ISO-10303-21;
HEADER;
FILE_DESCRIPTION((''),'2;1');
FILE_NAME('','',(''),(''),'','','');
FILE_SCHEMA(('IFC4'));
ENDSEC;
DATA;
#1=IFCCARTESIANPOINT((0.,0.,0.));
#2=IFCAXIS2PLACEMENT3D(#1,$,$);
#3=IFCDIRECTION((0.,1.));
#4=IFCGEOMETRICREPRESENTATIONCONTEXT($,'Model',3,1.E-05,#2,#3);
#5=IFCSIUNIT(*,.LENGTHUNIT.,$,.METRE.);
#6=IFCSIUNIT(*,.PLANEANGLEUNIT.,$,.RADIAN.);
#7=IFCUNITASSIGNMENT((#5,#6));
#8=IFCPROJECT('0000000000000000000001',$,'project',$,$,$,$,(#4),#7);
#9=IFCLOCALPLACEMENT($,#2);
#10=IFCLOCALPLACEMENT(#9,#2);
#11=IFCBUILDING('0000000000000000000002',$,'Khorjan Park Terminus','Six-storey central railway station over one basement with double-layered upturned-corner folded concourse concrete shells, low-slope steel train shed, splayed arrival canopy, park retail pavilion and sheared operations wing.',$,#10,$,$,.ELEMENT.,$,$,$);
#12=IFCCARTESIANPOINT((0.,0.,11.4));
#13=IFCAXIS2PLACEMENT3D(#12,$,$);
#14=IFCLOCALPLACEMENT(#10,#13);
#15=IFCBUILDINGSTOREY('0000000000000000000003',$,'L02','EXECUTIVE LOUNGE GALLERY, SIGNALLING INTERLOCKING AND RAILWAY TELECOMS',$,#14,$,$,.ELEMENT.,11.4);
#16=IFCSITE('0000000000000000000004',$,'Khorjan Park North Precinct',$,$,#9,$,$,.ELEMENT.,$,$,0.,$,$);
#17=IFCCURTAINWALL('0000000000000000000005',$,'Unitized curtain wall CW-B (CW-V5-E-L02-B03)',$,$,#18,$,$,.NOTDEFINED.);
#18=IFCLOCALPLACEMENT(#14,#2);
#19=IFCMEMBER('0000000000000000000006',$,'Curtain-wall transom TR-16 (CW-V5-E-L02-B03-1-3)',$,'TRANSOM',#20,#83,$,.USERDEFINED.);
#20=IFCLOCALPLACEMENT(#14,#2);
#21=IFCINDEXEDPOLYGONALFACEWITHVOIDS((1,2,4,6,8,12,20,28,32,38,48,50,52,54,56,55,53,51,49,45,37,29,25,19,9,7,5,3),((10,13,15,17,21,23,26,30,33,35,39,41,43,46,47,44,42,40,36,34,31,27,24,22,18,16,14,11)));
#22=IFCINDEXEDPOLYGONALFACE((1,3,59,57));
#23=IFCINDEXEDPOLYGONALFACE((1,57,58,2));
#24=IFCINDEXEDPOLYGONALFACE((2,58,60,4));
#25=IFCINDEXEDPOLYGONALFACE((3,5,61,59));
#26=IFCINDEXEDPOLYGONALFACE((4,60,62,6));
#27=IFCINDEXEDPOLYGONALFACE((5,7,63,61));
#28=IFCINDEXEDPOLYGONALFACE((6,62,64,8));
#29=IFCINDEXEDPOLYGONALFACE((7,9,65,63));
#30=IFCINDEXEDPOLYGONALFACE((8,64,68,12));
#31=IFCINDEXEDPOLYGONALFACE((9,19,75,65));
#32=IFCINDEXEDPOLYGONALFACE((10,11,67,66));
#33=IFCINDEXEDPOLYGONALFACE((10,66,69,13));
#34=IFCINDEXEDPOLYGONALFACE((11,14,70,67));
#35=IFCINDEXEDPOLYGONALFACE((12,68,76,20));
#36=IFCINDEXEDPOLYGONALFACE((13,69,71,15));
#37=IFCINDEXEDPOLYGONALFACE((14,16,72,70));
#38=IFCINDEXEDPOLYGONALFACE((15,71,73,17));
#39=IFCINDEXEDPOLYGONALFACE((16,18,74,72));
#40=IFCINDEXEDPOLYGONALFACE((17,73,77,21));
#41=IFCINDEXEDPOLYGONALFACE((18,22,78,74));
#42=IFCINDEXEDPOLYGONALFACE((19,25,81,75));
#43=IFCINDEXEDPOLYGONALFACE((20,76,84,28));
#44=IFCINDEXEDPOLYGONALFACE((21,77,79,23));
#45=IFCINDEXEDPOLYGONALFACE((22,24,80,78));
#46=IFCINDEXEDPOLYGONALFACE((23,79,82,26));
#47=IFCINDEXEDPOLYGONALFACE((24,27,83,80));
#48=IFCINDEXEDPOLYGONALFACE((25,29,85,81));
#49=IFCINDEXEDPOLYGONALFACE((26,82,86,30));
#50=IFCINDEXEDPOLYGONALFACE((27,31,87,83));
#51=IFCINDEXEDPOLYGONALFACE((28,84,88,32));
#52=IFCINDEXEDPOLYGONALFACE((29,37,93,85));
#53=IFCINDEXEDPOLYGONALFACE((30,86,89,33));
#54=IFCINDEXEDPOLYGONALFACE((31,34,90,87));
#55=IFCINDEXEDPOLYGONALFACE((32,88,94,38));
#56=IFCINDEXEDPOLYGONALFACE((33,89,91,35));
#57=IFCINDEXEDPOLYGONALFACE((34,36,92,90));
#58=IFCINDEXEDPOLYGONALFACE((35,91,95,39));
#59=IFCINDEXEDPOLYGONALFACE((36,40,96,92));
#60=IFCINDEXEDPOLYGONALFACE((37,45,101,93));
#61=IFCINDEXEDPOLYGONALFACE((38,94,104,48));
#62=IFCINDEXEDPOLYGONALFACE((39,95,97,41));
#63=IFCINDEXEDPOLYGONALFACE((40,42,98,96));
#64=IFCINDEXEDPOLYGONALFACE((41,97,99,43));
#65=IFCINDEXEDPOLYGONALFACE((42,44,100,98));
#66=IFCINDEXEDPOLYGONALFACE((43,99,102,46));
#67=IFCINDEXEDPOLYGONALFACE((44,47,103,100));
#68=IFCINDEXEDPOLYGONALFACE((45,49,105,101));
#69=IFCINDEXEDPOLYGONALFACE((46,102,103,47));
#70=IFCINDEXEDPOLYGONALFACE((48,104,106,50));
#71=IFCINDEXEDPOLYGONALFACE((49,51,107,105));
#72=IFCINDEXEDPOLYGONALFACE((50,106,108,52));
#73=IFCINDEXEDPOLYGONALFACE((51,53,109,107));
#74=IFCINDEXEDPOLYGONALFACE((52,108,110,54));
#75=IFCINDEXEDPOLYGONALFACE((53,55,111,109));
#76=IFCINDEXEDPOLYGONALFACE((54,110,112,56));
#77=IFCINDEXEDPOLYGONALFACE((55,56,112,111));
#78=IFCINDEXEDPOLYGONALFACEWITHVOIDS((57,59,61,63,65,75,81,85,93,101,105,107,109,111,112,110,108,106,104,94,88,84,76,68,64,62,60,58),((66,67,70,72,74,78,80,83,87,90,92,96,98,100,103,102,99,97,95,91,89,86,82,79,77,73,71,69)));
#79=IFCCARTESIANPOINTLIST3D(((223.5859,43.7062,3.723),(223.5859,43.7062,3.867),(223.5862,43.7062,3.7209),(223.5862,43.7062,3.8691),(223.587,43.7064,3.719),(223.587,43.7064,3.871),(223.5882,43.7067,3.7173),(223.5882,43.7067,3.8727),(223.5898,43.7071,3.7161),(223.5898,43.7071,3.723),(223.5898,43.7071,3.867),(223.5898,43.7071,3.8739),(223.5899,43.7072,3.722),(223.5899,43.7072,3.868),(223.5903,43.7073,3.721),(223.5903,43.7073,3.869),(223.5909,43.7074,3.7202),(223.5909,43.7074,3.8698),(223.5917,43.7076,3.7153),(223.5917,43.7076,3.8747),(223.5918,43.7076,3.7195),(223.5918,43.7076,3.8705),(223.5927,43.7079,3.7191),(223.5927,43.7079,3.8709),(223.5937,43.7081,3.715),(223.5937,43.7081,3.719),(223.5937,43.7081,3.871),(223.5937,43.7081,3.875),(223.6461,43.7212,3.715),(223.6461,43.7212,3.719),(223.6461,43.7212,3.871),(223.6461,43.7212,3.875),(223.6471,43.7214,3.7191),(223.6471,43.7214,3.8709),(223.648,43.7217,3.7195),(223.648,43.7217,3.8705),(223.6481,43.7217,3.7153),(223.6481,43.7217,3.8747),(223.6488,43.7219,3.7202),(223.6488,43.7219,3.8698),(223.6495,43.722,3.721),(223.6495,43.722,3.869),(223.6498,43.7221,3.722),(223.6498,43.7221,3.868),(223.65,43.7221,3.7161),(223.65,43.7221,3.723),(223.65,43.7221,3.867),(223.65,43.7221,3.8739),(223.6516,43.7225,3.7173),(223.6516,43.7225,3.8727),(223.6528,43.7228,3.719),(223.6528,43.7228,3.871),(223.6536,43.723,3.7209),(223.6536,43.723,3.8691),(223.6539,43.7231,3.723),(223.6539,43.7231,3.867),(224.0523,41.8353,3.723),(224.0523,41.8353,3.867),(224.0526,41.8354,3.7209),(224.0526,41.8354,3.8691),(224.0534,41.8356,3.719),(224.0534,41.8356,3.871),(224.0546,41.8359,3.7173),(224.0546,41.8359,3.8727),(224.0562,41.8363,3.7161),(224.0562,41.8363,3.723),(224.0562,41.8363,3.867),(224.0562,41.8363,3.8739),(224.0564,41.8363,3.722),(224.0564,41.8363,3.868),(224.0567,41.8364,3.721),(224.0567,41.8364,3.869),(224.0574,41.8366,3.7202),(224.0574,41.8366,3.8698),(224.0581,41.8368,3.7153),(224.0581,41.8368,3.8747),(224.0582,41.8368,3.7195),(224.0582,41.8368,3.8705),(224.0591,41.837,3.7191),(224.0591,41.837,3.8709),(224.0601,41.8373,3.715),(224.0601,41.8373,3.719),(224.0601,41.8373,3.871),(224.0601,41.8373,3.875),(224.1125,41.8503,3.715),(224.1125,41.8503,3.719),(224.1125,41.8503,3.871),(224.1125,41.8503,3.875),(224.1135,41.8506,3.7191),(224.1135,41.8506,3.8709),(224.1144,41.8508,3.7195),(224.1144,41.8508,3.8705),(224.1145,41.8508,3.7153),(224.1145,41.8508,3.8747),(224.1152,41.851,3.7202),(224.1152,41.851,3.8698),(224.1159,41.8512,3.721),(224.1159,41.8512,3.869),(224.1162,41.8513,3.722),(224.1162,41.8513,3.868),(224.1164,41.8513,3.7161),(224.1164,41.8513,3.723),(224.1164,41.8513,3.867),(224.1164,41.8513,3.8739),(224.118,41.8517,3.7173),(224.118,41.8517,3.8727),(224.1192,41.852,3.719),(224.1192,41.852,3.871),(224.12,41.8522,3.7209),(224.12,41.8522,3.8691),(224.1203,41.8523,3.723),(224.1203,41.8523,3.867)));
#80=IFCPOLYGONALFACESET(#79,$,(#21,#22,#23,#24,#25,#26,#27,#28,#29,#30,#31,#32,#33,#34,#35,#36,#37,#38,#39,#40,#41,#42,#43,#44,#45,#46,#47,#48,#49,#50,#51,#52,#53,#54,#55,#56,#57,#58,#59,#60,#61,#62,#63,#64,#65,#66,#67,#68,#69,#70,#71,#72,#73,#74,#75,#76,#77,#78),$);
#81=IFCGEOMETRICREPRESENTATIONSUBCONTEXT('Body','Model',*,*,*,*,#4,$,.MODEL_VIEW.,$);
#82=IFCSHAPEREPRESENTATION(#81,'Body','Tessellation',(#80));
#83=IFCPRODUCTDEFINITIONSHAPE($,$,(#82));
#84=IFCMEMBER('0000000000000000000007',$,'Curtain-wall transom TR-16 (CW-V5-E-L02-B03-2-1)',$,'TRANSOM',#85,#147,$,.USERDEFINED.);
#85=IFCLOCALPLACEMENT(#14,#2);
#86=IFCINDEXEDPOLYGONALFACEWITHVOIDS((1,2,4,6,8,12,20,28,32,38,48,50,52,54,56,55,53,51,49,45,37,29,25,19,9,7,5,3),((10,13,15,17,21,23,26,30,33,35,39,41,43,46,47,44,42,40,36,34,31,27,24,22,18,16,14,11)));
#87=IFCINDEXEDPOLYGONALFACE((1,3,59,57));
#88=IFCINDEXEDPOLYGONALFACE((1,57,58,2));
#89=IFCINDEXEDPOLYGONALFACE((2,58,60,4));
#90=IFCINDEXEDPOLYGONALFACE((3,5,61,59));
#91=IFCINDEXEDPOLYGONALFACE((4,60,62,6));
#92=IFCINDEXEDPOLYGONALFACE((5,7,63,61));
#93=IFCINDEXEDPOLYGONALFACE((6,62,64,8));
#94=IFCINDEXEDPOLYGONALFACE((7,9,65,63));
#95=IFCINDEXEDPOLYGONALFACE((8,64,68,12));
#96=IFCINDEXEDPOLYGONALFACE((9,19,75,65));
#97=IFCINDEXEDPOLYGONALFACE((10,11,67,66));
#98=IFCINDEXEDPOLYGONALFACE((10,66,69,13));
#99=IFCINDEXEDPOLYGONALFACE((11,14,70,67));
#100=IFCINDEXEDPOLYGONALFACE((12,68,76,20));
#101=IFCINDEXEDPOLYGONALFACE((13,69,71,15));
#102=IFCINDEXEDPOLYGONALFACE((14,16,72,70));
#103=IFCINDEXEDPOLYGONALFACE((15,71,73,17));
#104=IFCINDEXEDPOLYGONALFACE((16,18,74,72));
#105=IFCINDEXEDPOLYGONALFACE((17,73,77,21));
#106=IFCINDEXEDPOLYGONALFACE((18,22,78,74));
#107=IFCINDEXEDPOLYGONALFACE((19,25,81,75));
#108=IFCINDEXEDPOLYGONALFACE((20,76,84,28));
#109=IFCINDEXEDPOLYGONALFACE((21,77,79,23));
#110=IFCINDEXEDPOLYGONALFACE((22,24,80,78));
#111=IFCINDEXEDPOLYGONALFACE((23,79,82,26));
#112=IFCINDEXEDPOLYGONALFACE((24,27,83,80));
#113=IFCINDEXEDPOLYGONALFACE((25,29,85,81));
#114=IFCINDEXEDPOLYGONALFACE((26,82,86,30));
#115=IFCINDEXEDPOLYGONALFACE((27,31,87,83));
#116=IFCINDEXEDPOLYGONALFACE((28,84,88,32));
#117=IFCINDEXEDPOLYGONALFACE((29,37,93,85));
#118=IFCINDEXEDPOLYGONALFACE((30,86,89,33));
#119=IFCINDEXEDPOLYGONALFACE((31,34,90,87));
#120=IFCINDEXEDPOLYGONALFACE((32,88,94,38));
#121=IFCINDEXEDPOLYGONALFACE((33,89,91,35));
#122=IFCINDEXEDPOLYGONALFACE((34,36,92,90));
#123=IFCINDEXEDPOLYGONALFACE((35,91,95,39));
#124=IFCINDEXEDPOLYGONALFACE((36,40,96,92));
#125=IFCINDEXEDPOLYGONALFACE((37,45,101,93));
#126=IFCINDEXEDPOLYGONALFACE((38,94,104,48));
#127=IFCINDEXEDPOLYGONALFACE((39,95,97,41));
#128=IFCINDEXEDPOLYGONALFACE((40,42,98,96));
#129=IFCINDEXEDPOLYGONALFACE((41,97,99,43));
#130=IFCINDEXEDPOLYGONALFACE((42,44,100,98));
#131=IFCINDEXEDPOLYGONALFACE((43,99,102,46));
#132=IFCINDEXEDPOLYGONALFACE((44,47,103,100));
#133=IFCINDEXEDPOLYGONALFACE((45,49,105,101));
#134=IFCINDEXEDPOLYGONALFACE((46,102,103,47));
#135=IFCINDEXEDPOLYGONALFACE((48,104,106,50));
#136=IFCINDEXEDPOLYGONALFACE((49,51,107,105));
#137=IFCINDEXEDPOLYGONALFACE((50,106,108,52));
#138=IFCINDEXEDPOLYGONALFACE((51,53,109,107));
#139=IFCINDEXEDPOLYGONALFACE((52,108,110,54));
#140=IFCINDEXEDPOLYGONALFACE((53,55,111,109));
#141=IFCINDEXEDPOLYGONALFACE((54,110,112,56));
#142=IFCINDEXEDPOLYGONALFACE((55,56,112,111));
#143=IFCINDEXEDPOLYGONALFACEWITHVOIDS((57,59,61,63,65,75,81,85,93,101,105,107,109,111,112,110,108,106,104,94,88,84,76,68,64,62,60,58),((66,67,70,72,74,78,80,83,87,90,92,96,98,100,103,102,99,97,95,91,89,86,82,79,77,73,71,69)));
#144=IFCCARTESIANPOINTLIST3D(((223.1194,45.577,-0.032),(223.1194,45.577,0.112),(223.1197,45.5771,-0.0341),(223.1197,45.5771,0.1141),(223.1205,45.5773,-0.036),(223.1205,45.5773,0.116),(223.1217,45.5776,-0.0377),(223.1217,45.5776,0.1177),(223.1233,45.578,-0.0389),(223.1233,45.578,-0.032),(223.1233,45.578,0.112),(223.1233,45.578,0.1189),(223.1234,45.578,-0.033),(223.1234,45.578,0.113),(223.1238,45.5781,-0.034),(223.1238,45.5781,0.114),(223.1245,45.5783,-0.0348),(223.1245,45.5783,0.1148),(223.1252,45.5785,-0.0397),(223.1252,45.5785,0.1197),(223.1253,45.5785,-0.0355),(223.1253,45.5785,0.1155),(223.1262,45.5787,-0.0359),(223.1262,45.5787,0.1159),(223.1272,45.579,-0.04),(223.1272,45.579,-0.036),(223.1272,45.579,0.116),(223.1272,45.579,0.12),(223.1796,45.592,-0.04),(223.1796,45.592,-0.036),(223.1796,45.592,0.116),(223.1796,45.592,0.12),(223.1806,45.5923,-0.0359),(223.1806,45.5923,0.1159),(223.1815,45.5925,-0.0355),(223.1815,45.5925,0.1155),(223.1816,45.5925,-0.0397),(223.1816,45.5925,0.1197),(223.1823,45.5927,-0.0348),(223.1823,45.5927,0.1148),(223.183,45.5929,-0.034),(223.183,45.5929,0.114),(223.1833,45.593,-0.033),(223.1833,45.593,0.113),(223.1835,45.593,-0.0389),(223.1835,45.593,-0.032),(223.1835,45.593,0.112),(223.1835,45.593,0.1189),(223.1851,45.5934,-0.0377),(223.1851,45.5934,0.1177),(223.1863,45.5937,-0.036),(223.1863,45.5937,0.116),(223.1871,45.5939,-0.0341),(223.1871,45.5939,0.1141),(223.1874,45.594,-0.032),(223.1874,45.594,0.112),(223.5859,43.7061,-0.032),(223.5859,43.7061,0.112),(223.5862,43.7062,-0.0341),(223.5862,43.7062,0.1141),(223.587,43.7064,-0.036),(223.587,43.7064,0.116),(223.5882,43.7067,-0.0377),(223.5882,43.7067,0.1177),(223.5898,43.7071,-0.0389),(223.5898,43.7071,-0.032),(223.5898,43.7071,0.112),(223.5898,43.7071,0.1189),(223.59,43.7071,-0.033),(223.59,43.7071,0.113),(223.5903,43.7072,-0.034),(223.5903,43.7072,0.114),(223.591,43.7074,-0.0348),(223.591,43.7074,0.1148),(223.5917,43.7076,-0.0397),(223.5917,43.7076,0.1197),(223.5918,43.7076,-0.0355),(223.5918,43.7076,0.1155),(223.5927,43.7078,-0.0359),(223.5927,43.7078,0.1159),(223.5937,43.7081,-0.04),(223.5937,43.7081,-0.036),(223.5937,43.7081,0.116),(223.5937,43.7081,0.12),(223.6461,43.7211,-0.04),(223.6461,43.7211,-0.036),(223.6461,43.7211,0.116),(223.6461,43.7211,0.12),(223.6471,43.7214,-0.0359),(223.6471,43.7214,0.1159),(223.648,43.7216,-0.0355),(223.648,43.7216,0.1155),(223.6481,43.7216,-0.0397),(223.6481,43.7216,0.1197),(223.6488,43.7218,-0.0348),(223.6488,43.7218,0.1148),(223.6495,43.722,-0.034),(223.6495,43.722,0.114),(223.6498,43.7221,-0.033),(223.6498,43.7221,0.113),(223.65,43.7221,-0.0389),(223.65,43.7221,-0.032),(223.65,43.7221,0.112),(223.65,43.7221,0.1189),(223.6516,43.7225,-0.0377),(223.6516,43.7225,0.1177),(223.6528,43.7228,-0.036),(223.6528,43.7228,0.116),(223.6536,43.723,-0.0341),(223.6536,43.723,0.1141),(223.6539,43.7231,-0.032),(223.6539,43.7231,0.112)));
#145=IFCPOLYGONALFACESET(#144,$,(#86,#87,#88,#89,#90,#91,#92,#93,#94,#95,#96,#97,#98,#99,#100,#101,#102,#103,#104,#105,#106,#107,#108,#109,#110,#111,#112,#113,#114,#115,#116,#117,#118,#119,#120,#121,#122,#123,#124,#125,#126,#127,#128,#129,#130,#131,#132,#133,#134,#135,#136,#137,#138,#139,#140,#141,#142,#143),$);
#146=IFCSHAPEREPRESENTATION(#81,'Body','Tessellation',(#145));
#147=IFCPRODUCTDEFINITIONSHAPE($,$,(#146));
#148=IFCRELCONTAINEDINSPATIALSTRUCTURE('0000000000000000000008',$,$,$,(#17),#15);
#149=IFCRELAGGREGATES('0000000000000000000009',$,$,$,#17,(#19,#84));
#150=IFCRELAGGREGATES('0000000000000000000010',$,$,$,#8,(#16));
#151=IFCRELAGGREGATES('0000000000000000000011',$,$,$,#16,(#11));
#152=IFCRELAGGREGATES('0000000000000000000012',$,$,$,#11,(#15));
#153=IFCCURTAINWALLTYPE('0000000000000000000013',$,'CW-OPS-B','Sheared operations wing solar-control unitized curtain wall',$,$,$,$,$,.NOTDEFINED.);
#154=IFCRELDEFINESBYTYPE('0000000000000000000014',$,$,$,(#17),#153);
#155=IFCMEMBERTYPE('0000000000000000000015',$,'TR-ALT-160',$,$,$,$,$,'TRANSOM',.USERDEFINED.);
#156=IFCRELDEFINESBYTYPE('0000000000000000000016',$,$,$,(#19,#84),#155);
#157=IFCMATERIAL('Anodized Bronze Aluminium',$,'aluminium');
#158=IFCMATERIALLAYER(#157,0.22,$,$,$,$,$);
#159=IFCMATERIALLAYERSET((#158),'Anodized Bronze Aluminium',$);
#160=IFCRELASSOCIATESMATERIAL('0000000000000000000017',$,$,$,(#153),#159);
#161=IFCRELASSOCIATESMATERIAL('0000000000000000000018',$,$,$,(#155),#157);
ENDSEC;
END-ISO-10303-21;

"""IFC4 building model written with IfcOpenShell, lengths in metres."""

from ifc_helpers import new_model, si_unit, direction, frame, origin, origin_2d, place, context, subcontext, project, spatial, hollow_rectangle, extrude, material, layer, layer_set, material_profile, profile_set, type_object, element, aggregate, save


model = new_model("IFC4")

# Units and contexts
model_context = context("Model", 3, precision=1e-05, world=origin(), true_north=direction((0.0, 1.0)))
body_context = subcontext(model_context, "Body", "Model", "MODEL_VIEW")
ifc_project = project(units=[si_unit("LENGTHUNIT", "METRE"), si_unit("PLANEANGLEUNIT", "RADIAN")], contexts=[model_context])

# Site, building, storey
site_placement = place(None, origin())
site = spatial("IfcSite", under=ifc_project, at=site_placement, Name="Khorjan Park North Precinct", CompositionType="ELEMENT", RefElevation=0.0)
building_placement = place(site_placement, origin())
building = spatial("IfcBuilding", under=site, at=building_placement, Name="Khorjan Park Terminus", Description="Six-storey central railway station over one basement with double-layered upturned-corner folded concourse concrete shells, low-slope steel train shed, splayed arrival canopy, park retail pavilion and sheared operations wing.", CompositionType="ELEMENT")
storey_placement = place(building_placement, frame((0.0, 0.0, 11.4)))
storey = spatial("IfcBuildingStorey", under=building, at=storey_placement, Name="L02", Description="EXECUTIVE LOUNGE GALLERY, SIGNALLING INTERLOCKING AND RAILWAY TELECOMS", CompositionType="ELEMENT", Elevation=11.4)

# Curtain wall, members
ifc_material_1 = material(Name="Anodized Bronze Aluminium", Category="aluminium")
ifc_layer_1 = layer(ifc_material_1, 0.22)
ifc_layer_set_1 = layer_set([ifc_layer_1], Name="Anodized Bronze Aluminium")
curtain_wall_type = type_object("IfcCurtainWallType", Name="CW-OPS-B", Description="Sheared operations wing solar-control unitized curtain wall", PredefinedType="NOTDEFINED", material=ifc_layer_set_1)
curtain_wall_placement = place(storey_placement, origin())
curtain_wall = element("IfcCurtainWall", 1, at=curtain_wall_placement, inside=storey, type_object=curtain_wall_type, Name="Unitized curtain wall CW-B (CW-V5-E-L02-B03)", PredefinedType="NOTDEFINED")
ifc_material_profile_1 = material_profile(ifc_material_1, hollow_rectangle(XDim=0.07, YDim=0.16, WallThickness=0.004, InnerFilletRadius=0.004, OuterFilletRadius=0.008, at=origin_2d()), Name="ALT 70x160x4")
ifc_profile_set_1 = profile_set([ifc_material_profile_1], Name="Anodized Bronze Aluminium")
member_type_1 = type_object("IfcMemberType", Name="TR-ALT-160", ElementType="TRANSOM", PredefinedType="USERDEFINED", material=ifc_profile_set_1)
member_1_placement = place(storey_placement, frame((224.0863, 41.8438, 3.795), z_axis=(-0.241901, 0.970301, 0.0), x_axis=(-0.970301, -0.241901, 0.0)))
member_1 = element("IfcMember", 2, at=member_1_placement, type_object=member_type_1, Name="Curtain-wall transom TR-16 (CW-V5-E-L02-B03-1-3)", ObjectType="TRANSOM", PredefinedType="USERDEFINED", context=body_context, shape_type="SweptSolid", body=[
    extrude(hollow_rectangle(XDim=0.07, YDim=0.16, WallThickness=0.004, InnerFilletRadius=0.004, OuterFilletRadius=0.008, at=origin_2d()), origin(), (0.0, 0.0, 1.0), 1.9281),
])
member_2_placement = place(storey_placement, frame((223.6199, 43.7146, 0.04), z_axis=(-0.241938, 0.970292, 0.0), x_axis=(-0.970292, -0.241938, 0.0)))
member_2 = element("IfcMember", 3, at=member_2_placement, type_object=member_type_1, Name="Curtain-wall transom TR-16 (CW-V5-E-L02-B03-2-1)", ObjectType="TRANSOM", PredefinedType="USERDEFINED", context=body_context, shape_type="SweptSolid", body=[
    extrude(hollow_rectangle(XDim=0.07, YDim=0.16, WallThickness=0.004, InnerFilletRadius=0.004, OuterFilletRadius=0.008, at=origin_2d()), origin(), (0.0, 0.0, 1.0), 1.9282),
])
aggregate(curtain_wall, [member_1, member_2])

save(model, "model.ifc")
